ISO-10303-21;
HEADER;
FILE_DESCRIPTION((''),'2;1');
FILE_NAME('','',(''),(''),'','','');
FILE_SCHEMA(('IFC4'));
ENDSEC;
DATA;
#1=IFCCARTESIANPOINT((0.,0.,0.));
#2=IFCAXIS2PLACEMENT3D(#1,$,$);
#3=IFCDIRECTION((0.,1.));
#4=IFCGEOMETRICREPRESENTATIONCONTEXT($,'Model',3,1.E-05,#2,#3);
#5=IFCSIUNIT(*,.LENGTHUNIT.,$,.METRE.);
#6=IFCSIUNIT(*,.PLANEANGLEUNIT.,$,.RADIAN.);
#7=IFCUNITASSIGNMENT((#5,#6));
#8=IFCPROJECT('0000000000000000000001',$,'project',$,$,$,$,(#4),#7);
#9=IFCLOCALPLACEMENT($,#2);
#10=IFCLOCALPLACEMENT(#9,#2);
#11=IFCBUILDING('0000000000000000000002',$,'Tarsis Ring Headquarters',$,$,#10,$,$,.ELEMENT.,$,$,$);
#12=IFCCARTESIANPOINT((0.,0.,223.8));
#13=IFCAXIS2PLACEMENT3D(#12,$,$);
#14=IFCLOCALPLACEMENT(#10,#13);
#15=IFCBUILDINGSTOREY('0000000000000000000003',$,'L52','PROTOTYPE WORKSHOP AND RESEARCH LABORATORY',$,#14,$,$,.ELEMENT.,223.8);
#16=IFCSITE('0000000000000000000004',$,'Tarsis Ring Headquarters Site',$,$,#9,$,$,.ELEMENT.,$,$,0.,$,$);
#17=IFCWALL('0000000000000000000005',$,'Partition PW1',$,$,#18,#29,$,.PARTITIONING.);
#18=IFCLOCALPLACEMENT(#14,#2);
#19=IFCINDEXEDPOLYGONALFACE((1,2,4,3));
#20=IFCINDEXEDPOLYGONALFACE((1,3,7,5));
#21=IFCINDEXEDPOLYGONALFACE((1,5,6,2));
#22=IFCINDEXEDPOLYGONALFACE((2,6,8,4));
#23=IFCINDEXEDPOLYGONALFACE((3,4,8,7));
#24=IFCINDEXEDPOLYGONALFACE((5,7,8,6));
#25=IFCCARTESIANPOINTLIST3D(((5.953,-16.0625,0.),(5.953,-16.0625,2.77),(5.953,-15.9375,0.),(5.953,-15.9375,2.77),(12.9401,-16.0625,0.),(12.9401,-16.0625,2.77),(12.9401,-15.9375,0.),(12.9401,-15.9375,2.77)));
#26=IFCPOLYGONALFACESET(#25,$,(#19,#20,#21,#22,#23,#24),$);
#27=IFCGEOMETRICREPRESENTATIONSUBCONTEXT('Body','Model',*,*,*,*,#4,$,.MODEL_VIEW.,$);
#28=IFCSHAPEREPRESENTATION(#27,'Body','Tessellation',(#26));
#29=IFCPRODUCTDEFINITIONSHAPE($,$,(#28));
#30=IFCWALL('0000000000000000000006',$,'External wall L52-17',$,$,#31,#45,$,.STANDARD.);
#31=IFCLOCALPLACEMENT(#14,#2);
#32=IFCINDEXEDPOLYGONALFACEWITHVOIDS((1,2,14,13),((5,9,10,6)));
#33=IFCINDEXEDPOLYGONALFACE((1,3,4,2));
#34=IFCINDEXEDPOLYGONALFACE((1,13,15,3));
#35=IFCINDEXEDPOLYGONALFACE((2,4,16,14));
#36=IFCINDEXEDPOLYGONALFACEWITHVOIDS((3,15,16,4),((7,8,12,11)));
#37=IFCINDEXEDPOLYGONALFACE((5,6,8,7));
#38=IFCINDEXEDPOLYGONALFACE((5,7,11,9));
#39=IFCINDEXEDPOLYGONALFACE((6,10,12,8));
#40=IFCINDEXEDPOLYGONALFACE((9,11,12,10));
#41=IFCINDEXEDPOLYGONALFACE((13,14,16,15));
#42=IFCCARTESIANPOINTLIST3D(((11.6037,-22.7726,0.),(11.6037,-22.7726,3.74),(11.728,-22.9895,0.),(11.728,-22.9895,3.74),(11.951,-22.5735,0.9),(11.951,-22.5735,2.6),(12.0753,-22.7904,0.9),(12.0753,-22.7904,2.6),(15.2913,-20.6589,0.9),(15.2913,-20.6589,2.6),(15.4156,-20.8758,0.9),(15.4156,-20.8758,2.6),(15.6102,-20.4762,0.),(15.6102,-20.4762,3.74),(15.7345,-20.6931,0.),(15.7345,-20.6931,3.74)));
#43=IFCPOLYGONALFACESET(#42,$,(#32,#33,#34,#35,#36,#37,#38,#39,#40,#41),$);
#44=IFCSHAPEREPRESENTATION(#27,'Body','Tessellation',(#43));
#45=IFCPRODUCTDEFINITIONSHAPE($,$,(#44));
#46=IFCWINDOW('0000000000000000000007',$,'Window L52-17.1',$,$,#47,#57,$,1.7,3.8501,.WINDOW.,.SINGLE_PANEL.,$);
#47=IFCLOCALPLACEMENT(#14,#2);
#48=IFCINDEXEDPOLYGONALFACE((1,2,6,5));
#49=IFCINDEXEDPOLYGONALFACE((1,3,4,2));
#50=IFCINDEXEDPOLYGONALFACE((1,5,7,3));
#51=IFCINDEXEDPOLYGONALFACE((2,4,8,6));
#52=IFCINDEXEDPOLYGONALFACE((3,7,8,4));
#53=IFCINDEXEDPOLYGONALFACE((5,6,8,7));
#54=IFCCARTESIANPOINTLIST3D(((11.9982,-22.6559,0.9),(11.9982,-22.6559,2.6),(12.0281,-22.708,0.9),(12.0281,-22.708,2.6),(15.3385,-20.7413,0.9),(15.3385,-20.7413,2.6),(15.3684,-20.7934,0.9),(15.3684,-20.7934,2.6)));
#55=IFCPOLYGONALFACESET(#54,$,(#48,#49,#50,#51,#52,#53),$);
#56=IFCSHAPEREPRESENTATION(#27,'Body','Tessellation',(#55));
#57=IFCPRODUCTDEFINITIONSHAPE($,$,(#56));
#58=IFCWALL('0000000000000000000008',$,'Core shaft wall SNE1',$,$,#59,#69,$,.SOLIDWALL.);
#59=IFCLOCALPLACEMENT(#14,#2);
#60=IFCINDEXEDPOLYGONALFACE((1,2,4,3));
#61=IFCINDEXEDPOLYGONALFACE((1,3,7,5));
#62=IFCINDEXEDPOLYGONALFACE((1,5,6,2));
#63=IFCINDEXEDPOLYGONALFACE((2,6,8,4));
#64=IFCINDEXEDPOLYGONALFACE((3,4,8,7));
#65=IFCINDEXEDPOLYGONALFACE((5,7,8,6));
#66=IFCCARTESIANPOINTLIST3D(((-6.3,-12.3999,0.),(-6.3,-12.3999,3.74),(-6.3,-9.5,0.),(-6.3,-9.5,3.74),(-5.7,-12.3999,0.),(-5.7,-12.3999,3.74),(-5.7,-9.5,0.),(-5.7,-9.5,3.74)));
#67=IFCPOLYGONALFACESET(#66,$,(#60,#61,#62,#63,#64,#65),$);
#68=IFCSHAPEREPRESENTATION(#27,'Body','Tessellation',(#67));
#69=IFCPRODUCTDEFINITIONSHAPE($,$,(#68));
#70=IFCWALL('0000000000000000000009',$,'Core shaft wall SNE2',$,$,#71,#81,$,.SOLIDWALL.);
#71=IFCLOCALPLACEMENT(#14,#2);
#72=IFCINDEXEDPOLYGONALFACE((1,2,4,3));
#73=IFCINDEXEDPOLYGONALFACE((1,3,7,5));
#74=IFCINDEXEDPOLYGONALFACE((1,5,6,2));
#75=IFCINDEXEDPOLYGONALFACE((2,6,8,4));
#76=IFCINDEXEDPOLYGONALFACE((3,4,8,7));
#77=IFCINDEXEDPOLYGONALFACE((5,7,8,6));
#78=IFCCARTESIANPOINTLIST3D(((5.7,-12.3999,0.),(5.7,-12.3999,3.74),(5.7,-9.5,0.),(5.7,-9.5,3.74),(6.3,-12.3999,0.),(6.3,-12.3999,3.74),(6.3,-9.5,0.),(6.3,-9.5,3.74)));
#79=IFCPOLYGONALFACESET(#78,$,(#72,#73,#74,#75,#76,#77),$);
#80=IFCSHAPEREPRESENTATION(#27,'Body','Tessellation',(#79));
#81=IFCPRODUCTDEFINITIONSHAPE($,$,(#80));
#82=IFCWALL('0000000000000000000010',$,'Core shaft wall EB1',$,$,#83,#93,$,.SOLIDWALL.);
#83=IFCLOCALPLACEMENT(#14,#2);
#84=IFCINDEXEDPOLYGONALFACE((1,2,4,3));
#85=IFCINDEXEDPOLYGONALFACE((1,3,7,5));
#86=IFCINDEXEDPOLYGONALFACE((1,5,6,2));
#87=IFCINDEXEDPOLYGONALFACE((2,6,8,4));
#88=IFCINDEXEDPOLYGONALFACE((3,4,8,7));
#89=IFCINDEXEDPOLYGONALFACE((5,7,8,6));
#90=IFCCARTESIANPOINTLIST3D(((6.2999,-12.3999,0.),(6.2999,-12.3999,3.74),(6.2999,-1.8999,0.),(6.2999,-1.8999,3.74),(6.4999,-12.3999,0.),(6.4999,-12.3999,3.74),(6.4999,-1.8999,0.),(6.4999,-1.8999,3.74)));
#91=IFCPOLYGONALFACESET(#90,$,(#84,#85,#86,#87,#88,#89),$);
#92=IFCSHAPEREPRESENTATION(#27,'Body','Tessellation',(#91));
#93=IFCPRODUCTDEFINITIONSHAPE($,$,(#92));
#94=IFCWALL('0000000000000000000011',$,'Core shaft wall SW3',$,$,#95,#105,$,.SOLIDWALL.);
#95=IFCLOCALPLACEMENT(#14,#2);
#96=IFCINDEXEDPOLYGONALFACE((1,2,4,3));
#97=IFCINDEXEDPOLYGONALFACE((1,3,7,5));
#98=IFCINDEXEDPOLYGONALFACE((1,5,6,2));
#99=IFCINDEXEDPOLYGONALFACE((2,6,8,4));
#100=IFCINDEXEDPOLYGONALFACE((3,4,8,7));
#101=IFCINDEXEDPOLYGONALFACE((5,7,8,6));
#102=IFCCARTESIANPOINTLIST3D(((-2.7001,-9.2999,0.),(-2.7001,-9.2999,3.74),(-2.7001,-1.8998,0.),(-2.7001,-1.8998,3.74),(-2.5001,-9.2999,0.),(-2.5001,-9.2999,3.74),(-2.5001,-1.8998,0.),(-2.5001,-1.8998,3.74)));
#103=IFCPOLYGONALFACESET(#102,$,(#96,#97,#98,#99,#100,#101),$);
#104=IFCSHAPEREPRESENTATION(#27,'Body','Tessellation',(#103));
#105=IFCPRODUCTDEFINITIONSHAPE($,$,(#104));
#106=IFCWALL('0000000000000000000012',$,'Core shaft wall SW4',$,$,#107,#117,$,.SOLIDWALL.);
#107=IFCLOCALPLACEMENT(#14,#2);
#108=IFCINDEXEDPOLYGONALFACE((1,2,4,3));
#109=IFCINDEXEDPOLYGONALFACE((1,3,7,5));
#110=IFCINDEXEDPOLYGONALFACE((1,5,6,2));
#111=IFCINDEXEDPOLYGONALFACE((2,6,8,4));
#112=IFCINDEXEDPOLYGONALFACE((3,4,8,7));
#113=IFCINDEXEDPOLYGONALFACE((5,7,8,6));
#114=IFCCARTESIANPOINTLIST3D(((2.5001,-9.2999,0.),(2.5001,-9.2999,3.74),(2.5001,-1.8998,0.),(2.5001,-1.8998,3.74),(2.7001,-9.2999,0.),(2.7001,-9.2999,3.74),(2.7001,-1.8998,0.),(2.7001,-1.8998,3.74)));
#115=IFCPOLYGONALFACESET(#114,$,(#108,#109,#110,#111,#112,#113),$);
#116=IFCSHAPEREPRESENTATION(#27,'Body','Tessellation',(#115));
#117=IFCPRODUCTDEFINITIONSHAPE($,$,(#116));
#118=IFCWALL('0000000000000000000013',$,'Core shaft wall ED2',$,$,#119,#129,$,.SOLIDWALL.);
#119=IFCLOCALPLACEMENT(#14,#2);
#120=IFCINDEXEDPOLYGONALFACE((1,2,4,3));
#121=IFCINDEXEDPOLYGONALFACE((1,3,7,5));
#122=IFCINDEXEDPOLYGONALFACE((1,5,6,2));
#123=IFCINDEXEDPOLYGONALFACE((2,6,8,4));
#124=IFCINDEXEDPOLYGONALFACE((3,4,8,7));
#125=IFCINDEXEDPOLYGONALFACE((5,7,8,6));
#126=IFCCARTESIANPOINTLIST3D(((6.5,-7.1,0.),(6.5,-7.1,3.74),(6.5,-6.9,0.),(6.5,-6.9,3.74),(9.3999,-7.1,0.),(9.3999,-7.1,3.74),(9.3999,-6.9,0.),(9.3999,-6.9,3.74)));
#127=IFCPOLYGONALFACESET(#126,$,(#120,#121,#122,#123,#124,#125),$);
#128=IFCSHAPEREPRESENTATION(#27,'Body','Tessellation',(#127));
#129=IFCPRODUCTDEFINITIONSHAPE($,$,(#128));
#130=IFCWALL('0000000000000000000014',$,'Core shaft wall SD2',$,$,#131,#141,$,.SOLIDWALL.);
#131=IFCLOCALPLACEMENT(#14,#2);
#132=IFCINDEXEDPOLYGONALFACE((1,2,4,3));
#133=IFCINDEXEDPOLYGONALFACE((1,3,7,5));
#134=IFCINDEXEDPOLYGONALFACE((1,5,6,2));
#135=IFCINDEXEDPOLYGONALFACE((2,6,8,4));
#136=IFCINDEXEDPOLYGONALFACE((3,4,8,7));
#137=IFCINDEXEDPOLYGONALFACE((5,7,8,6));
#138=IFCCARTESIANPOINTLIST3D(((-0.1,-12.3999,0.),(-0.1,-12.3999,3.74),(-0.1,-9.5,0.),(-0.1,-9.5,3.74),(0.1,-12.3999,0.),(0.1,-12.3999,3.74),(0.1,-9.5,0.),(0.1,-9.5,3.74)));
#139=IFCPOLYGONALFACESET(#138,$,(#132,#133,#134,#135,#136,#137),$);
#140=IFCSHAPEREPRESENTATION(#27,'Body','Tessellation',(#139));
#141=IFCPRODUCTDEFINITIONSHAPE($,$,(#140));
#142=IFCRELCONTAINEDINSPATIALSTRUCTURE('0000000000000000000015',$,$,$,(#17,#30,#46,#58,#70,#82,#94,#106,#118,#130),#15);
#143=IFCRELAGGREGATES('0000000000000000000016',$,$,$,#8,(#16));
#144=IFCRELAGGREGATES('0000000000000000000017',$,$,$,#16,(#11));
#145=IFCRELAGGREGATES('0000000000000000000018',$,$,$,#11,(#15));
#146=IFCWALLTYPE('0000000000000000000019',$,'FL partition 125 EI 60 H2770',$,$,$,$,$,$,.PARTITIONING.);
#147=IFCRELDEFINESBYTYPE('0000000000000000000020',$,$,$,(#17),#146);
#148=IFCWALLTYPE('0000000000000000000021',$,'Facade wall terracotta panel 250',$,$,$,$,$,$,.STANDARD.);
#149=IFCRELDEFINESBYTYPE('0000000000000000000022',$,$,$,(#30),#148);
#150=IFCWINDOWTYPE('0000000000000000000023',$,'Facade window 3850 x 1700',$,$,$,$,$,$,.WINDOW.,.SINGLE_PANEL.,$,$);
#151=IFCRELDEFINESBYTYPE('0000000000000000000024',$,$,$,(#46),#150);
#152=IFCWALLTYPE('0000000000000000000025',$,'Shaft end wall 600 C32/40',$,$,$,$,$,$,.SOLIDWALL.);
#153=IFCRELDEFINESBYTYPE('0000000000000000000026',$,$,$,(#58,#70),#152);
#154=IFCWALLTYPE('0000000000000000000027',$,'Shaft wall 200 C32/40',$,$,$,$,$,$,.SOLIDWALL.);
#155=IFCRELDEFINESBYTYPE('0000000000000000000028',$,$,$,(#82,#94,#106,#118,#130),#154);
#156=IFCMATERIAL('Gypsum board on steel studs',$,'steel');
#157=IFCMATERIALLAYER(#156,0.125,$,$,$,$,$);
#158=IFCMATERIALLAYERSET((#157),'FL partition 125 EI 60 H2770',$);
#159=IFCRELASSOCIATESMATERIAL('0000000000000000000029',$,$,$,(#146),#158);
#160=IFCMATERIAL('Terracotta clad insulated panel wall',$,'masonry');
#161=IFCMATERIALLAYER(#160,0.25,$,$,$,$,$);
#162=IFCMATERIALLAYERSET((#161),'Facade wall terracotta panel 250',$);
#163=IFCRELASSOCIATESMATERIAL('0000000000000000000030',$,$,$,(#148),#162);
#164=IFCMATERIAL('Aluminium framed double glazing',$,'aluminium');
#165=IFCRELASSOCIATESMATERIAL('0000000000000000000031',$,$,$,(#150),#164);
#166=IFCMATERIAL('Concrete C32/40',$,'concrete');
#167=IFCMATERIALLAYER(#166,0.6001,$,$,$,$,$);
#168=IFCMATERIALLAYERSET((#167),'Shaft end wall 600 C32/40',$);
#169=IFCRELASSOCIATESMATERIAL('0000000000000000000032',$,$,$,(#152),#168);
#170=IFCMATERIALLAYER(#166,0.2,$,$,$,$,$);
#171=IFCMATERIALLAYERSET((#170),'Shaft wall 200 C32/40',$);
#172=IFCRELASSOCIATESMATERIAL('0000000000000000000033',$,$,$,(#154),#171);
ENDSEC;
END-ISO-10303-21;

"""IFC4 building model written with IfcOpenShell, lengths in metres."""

from ifc_helpers import new_model, si_unit, direction, frame, frame_2d, origin, place, context, subcontext, project, spatial, rectangle, extrude, material, layer, layer_set, type_object, element, fill, save


model = new_model("IFC4")

# Units and contexts
model_context = context("Model", 3, precision=1e-05, world=origin(), true_north=direction((0.0, 1.0)))
body_context = subcontext(model_context, "Body", "Model", "MODEL_VIEW")
ifc_project = project(units=[si_unit("LENGTHUNIT", "METRE"), si_unit("PLANEANGLEUNIT", "RADIAN")], contexts=[model_context])

# Site, building, storey
site_placement = place(None, origin())
site = spatial("IfcSite", under=ifc_project, at=site_placement, Name="Tarsis Ring Headquarters Site", CompositionType="ELEMENT", RefElevation=0.0)
building_placement = place(site_placement, origin())
building = spatial("IfcBuilding", under=site, at=building_placement, Name="Tarsis Ring Headquarters", CompositionType="ELEMENT")
storey_placement = place(building_placement, frame((0.0, 0.0, 223.8)))
storey = spatial("IfcBuildingStorey", under=building, at=storey_placement, Name="L52", Description="PROTOTYPE WORKSHOP AND RESEARCH LABORATORY", CompositionType="ELEMENT", Elevation=223.8)

# Wall
ifc_material_1 = material(Name="Gypsum board on steel studs", Category="steel")
ifc_layer_1 = layer(ifc_material_1, 0.125)
ifc_layer_set_1 = layer_set([ifc_layer_1], Name="FL partition 125 EI 60 H2770")
wall_type_1 = type_object("IfcWallType", Name="FL partition 125 EI 60 H2770", PredefinedType="PARTITIONING", material=ifc_layer_set_1)
wall_1_placement = place(storey_placement, frame((5.9529, -16.0, 0.0), z_axis=(0.0, 0.0, 1.0), x_axis=(1.0, 0.0, 0.0)))
element("IfcWall", 1, at=wall_1_placement, inside=storey, type_object=wall_type_1, Name="Partition PW1", PredefinedType="PARTITIONING", context=body_context, shape_type="SweptSolid", body=[
    extrude(rectangle(XDim=6.9871, YDim=0.125, at=frame_2d((3.4937, 0.0))), origin(), (0.0, 0.0, 1.0), 2.77),
])

# Wall, opening, window
ifc_material_2 = material(Name="Terracotta clad insulated panel wall", Category="masonry")
ifc_layer_2 = layer(ifc_material_2, 0.25)
ifc_layer_set_2 = layer_set([ifc_layer_2], Name="Facade wall terracotta panel 250")
wall_type_2 = type_object("IfcWallType", Name="Facade wall terracotta panel 250", PredefinedType="STANDARD", material=ifc_layer_set_2)
wall_2_placement = place(storey_placement, frame((11.6658, -22.8811, 0.0), z_axis=(0.0, 0.0, 1.0), x_axis=(0.867585, 0.497289, 0.0)))
wall_2 = element("IfcWall", 2, at=wall_2_placement, inside=storey, type_object=wall_type_2, Name="External wall L52-17", PredefinedType="STANDARD", context=body_context, shape_type="SweptSolid", body=[
    extrude(rectangle(XDim=4.6179, YDim=0.25, at=frame_2d((2.3091, 0.0))), origin(), (0.0, 0.0, 1.0), 3.74),
])
opening_1_placement = place(wall_2_placement, frame((0.4004, 0.0, 0.8999)))
opening_1 = element("IfcOpeningElement", 3, at=opening_1_placement, cuts=wall_2, PredefinedType="OPENING", context=body_context, shape_type="SweptSolid", body=[
    extrude(rectangle(XDim=3.8501, YDim=1.7, at=frame_2d((1.925, 0.8501))), frame((0.0, 0.135, 0.0), z_axis=(0.0, -1.0, 0.0), x_axis=(1.0, 0.0, 0.0)), (0.0, 0.0, 1.0), 0.27),
])
ifc_material_3 = material(Name="Aluminium framed double glazing", Category="aluminium")
window_type = type_object("IfcWindowType", Name="Facade window 3850 x 1700", PartitioningType="SINGLE_PANEL", PredefinedType="WINDOW", material=ifc_material_3)
window_placement = place(opening_1_placement, origin())
window = element("IfcWindow", 4, at=window_placement, inside=storey, type_object=window_type, Name="Window L52-17.1", OverallHeight=1.7, OverallWidth=3.8501, PartitioningType="SINGLE_PANEL", PredefinedType="WINDOW", context=body_context, shape_type="SweptSolid", body=[
    extrude(rectangle(XDim=3.8501, YDim=1.7, at=frame_2d((1.925, 0.8501))), frame((0.0, 0.03, 0.0), z_axis=(0.0, -1.0, 0.0), x_axis=(1.0, 0.0, 0.0)), (0.0, 0.0, 1.0), 0.0601),
])
fill(opening_1, window)

# Walls
ifc_material_4 = material(Name="Concrete C32/40", Category="concrete")
ifc_layer_3 = layer(ifc_material_4, 0.6001)
ifc_layer_set_3 = layer_set([ifc_layer_3], Name="Shaft end wall 600 C32/40")
wall_type_3 = type_object("IfcWallType", Name="Shaft end wall 600 C32/40", PredefinedType="SOLIDWALL", material=ifc_layer_set_3)
for number, where, z_axis, x_axis, name in (
    (5, (-6.0, -12.3999, 0.0), (0.0, 0.0, 1.0), (0.0, 1.0, 0.0), "Core shaft wall SNE1"),
    (6, (6.0, -12.3999, 0.0), (0.0, 0.0, 1.0), (0.0, 1.0, 0.0), "Core shaft wall SNE2"),
):
    element("IfcWall", number, at=place(storey_placement, frame(where, z_axis=z_axis, x_axis=x_axis)), inside=storey, type_object=wall_type_3, Name=name, PredefinedType="SOLIDWALL", context=body_context, shape_type="SweptSolid", body=[
        extrude(rectangle(XDim=2.8999, YDim=0.6001, at=frame_2d((1.45, 0.0))), origin(), (0.0, 0.0, 1.0), 3.74),
    ])
ifc_layer_4 = layer(ifc_material_4, 0.2)
ifc_layer_set_4 = layer_set([ifc_layer_4], Name="Shaft wall 200 C32/40")
wall_type_4 = type_object("IfcWallType", Name="Shaft wall 200 C32/40", PredefinedType="SOLIDWALL", material=ifc_layer_set_4)
wall_3_placement = place(storey_placement, frame((6.3999, -12.3999, 0.0), z_axis=(0.0, 0.0, 1.0), x_axis=(0.0, 1.0, 0.0)))
element("IfcWall", 7, at=wall_3_placement, inside=storey, type_object=wall_type_4, Name="Core shaft wall EB1", PredefinedType="SOLIDWALL", context=body_context, shape_type="SweptSolid", body=[
    extrude(rectangle(XDim=10.5, YDim=0.2, at=frame_2d((5.25, 0.0))), origin(), (0.0, 0.0, 1.0), 3.74),
])
for number, where, z_axis, x_axis, name in (
    (8, (-2.6001, -9.3, 0.0), (0.0, 0.0, 1.0), (0.0, 1.0, 0.0), "Core shaft wall SW3"),
    (9, (2.6001, -9.3, 0.0), (0.0, 0.0, 1.0), (0.0, 1.0, 0.0), "Core shaft wall SW4"),
):
    element("IfcWall", number, at=place(storey_placement, frame(where, z_axis=z_axis, x_axis=x_axis)), inside=storey, type_object=wall_type_4, Name=name, PredefinedType="SOLIDWALL", context=body_context, shape_type="SweptSolid", body=[
        extrude(rectangle(XDim=7.4001, YDim=0.2, at=frame_2d((3.7002, 0.0))), origin(), (0.0, 0.0, 1.0), 3.74),
    ])
for number, where, z_axis, x_axis, name in (
    (10, (6.5, -7.0, 0.0), (0.0, 0.0, 1.0), (1.0, 0.0, 0.0), "Core shaft wall ED2"),
    (11, (0.0, -12.3999, 0.0), (0.0, 0.0, 1.0), (0.0, 1.0, 0.0), "Core shaft wall SD2"),
):
    element("IfcWall", number, at=place(storey_placement, frame(where, z_axis=z_axis, x_axis=x_axis)), inside=storey, type_object=wall_type_4, Name=name, PredefinedType="SOLIDWALL", context=body_context, shape_type="SweptSolid", body=[
        extrude(rectangle(XDim=2.8999, YDim=0.2, at=frame_2d((1.45, 0.0))), origin(), (0.0, 0.0, 1.0), 3.74),
    ])

save(model, "model.ifc")
